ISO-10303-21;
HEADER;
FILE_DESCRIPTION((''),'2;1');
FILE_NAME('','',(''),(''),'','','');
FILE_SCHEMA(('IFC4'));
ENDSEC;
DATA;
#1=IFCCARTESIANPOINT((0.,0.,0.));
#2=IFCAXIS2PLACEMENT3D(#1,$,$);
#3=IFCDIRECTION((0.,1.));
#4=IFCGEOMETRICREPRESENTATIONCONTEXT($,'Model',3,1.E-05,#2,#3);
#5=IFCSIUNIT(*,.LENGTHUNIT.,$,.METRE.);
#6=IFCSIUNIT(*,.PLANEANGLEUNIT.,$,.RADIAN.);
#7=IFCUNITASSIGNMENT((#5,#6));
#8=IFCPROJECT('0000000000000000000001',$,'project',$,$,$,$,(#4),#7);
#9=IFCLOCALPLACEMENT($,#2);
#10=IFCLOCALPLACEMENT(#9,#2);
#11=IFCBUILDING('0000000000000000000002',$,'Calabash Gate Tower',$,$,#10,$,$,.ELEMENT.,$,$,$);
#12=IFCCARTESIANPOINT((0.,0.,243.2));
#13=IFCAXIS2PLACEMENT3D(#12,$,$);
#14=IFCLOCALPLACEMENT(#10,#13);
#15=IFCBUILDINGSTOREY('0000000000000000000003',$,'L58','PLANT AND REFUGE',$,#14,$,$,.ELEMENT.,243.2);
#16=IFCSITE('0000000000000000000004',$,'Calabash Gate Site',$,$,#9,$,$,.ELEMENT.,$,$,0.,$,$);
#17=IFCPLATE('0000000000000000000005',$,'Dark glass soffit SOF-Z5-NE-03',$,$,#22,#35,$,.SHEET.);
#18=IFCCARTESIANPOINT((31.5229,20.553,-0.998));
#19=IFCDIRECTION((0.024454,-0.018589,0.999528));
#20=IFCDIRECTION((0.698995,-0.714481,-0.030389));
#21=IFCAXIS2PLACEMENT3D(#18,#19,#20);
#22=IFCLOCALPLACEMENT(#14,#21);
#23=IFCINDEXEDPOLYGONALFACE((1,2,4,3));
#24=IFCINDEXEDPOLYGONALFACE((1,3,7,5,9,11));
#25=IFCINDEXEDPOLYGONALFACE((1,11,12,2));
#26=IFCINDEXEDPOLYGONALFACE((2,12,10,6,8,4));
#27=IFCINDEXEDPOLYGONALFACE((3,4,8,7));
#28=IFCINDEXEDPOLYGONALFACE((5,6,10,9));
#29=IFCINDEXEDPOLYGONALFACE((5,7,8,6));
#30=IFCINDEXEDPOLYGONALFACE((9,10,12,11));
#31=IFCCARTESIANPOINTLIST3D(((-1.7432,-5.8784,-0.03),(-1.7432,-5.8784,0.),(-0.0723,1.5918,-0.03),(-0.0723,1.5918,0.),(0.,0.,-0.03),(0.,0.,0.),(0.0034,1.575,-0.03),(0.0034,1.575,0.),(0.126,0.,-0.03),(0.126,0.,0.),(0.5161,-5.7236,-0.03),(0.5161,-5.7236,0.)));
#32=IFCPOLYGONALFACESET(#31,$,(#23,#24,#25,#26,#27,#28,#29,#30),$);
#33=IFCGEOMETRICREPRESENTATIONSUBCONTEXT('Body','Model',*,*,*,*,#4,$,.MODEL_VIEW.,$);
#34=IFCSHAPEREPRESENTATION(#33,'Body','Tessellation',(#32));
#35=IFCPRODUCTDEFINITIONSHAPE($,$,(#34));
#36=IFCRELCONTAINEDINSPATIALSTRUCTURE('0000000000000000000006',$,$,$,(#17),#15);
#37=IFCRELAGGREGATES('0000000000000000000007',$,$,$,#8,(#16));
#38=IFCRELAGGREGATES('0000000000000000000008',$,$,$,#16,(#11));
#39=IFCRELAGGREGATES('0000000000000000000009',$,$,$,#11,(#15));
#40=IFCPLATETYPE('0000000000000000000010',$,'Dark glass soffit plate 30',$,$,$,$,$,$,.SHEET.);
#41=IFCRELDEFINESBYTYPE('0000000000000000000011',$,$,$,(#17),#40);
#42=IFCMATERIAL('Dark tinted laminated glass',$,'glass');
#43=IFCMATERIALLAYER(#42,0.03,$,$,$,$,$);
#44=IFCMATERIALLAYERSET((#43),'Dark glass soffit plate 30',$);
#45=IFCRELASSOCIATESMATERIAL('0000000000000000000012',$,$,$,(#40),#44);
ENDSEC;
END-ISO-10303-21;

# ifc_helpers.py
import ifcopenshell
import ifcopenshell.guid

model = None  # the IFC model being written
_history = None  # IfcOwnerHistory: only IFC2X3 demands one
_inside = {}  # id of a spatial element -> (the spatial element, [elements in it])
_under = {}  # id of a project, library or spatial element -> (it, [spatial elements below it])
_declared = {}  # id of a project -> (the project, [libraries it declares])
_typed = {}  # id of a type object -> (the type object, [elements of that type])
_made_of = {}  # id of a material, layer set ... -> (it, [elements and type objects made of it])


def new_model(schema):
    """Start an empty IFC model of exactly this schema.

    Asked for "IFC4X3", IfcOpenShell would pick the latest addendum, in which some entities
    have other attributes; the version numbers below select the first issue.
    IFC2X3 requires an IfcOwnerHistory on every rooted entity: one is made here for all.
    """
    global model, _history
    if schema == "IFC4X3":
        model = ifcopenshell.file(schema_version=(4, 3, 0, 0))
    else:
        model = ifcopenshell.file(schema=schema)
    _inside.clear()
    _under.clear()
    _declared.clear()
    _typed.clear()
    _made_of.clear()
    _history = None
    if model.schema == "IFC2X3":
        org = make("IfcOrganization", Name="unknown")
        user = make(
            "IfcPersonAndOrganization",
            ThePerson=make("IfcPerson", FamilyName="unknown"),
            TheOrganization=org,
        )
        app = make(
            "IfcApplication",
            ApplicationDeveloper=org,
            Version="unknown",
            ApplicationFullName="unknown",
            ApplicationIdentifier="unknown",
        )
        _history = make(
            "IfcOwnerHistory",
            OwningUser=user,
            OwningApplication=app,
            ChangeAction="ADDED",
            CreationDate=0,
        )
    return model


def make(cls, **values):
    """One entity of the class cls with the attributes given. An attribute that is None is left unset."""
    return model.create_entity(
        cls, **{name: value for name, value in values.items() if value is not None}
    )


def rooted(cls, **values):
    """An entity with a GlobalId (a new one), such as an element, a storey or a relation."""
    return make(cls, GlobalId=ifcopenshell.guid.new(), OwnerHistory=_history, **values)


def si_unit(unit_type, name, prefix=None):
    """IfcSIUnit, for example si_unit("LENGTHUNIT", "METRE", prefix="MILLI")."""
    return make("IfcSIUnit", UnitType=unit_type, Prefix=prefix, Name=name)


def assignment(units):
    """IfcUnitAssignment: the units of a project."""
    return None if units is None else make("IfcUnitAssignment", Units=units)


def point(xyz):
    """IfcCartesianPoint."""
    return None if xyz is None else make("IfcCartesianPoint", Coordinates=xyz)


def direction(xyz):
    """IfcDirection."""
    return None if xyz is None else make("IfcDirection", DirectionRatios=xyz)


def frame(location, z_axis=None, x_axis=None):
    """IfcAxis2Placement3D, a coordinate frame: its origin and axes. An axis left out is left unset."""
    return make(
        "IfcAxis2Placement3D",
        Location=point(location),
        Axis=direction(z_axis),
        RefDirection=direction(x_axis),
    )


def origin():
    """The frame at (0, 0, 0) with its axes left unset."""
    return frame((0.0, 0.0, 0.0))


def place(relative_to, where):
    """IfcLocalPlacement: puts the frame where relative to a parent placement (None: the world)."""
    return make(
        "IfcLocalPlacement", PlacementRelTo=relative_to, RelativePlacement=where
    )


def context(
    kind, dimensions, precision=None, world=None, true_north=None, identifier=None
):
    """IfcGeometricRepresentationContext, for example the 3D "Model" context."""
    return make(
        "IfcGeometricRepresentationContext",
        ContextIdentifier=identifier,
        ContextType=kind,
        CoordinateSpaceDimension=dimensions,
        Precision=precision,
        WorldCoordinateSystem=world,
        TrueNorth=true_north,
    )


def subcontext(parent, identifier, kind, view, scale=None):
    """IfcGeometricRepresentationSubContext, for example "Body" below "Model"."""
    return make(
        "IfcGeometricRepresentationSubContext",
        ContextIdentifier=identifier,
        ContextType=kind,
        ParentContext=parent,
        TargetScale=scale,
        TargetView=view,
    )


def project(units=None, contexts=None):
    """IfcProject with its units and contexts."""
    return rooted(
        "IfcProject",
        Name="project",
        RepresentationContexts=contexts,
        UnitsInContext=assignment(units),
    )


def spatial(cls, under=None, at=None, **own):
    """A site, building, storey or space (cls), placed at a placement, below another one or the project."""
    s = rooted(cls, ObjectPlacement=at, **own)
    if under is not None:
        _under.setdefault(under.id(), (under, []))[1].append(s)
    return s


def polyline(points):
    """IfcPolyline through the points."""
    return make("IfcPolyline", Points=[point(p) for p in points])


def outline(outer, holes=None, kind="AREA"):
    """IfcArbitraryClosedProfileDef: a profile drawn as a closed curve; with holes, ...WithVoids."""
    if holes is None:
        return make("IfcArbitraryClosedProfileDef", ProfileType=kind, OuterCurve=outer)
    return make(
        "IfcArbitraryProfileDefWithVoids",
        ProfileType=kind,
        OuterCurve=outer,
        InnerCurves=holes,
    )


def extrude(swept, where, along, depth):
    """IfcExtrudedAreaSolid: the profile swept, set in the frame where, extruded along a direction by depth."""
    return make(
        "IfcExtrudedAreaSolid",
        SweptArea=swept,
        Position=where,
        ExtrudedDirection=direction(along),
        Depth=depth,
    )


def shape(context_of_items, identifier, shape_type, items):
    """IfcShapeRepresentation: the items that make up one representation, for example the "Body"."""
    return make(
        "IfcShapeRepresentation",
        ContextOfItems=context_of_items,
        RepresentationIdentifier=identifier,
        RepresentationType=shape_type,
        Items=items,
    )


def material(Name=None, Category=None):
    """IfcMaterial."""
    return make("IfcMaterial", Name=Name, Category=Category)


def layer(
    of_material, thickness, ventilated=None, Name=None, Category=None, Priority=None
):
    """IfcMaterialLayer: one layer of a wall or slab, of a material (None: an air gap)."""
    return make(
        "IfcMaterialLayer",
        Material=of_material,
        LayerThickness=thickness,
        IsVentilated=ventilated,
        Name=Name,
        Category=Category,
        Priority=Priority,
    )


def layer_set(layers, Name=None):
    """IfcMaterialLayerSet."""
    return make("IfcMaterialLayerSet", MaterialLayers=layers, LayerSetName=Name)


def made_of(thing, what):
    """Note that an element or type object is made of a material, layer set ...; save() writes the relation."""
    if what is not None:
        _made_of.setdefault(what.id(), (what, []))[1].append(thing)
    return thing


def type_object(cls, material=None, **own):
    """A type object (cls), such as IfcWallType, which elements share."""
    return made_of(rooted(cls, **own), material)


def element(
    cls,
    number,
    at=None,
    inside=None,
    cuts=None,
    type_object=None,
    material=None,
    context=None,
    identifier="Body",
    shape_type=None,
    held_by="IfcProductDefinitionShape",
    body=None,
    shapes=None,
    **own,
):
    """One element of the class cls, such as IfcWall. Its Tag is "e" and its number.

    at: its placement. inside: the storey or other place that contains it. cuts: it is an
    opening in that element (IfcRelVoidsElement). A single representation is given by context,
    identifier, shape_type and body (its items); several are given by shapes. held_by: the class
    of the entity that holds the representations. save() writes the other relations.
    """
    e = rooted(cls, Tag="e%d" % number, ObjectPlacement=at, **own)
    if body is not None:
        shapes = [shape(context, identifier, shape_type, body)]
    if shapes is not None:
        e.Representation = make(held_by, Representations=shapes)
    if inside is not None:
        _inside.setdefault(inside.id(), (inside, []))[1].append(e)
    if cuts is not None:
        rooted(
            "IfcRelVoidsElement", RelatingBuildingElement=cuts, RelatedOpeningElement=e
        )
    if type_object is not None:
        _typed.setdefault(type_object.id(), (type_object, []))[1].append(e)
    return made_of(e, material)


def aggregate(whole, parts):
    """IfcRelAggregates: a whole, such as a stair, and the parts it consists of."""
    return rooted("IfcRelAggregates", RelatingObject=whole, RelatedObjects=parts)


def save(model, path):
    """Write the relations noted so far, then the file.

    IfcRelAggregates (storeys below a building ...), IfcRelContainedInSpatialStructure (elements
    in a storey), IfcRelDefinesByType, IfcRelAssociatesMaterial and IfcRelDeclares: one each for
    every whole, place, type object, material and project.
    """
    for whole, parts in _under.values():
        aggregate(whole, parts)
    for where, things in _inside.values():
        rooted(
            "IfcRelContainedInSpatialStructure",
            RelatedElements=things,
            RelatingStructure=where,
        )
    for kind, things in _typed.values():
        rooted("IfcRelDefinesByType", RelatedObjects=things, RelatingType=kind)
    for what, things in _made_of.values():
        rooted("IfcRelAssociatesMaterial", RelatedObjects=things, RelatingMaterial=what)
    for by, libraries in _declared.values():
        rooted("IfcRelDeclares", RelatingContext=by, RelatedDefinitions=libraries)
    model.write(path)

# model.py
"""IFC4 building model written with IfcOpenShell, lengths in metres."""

from ifc_helpers import new_model, si_unit, direction, frame, origin, place, context, subcontext, project, spatial, polyline, outline, extrude, material, layer, layer_set, type_object, element, save


model = new_model("IFC4")

# Units and contexts
model_context = context("Model", 3, precision=1e-05, world=origin(), true_north=direction((0.0, 1.0)))
body_context = subcontext(model_context, "Body", "Model", "MODEL_VIEW")
ifc_project = project(units=[si_unit("LENGTHUNIT", "METRE"), si_unit("PLANEANGLEUNIT", "RADIAN")], contexts=[model_context])

# Site, building, storey
site_placement = place(None, origin())
site = spatial("IfcSite", under=ifc_project, at=site_placement, Name="Calabash Gate Site", CompositionType="ELEMENT", RefElevation=0.0)
building_placement = place(site_placement, origin())
building = spatial("IfcBuilding", under=site, at=building_placement, Name="Calabash Gate Tower", CompositionType="ELEMENT")
storey_placement = place(building_placement, frame((0.0, 0.0, 243.2)))
storey = spatial("IfcBuildingStorey", under=building, at=storey_placement, Name="L58", Description="PLANT AND REFUGE", CompositionType="ELEMENT", Elevation=243.2)

# Plate
ifc_material_1 = material(Name="Dark tinted laminated glass", Category="glass")
ifc_layer_1 = layer(ifc_material_1, 0.03)
ifc_layer_set_1 = layer_set([ifc_layer_1], Name="Dark glass soffit plate 30")
plate_type = type_object("IfcPlateType", Name="Dark glass soffit plate 30", PredefinedType="SHEET", material=ifc_layer_set_1)
plate_1_placement = place(storey_placement, frame((31.5229, 20.553, -0.998), z_axis=(0.024454, -0.018589, 0.999528), x_axis=(0.698995, -0.714481, -0.030389)))
element("IfcPlate", 1, at=plate_1_placement, inside=storey, type_object=plate_type, Name="Dark glass soffit SOF-Z5-NE-03", PredefinedType="SHEET", context=body_context, shape_type="SweptSolid", body=[
    extrude(outline(polyline([(0.0, 0.0), (0.126, 0.0), (0.5161, -5.7236), (-1.7432, -5.8784), (-0.0723, 1.5918), (0.0034, 1.575), (0.0, 0.0)])), origin(), (0.0, 0.0, -1.0), 0.03),
])

save(model, "model.ifc")
